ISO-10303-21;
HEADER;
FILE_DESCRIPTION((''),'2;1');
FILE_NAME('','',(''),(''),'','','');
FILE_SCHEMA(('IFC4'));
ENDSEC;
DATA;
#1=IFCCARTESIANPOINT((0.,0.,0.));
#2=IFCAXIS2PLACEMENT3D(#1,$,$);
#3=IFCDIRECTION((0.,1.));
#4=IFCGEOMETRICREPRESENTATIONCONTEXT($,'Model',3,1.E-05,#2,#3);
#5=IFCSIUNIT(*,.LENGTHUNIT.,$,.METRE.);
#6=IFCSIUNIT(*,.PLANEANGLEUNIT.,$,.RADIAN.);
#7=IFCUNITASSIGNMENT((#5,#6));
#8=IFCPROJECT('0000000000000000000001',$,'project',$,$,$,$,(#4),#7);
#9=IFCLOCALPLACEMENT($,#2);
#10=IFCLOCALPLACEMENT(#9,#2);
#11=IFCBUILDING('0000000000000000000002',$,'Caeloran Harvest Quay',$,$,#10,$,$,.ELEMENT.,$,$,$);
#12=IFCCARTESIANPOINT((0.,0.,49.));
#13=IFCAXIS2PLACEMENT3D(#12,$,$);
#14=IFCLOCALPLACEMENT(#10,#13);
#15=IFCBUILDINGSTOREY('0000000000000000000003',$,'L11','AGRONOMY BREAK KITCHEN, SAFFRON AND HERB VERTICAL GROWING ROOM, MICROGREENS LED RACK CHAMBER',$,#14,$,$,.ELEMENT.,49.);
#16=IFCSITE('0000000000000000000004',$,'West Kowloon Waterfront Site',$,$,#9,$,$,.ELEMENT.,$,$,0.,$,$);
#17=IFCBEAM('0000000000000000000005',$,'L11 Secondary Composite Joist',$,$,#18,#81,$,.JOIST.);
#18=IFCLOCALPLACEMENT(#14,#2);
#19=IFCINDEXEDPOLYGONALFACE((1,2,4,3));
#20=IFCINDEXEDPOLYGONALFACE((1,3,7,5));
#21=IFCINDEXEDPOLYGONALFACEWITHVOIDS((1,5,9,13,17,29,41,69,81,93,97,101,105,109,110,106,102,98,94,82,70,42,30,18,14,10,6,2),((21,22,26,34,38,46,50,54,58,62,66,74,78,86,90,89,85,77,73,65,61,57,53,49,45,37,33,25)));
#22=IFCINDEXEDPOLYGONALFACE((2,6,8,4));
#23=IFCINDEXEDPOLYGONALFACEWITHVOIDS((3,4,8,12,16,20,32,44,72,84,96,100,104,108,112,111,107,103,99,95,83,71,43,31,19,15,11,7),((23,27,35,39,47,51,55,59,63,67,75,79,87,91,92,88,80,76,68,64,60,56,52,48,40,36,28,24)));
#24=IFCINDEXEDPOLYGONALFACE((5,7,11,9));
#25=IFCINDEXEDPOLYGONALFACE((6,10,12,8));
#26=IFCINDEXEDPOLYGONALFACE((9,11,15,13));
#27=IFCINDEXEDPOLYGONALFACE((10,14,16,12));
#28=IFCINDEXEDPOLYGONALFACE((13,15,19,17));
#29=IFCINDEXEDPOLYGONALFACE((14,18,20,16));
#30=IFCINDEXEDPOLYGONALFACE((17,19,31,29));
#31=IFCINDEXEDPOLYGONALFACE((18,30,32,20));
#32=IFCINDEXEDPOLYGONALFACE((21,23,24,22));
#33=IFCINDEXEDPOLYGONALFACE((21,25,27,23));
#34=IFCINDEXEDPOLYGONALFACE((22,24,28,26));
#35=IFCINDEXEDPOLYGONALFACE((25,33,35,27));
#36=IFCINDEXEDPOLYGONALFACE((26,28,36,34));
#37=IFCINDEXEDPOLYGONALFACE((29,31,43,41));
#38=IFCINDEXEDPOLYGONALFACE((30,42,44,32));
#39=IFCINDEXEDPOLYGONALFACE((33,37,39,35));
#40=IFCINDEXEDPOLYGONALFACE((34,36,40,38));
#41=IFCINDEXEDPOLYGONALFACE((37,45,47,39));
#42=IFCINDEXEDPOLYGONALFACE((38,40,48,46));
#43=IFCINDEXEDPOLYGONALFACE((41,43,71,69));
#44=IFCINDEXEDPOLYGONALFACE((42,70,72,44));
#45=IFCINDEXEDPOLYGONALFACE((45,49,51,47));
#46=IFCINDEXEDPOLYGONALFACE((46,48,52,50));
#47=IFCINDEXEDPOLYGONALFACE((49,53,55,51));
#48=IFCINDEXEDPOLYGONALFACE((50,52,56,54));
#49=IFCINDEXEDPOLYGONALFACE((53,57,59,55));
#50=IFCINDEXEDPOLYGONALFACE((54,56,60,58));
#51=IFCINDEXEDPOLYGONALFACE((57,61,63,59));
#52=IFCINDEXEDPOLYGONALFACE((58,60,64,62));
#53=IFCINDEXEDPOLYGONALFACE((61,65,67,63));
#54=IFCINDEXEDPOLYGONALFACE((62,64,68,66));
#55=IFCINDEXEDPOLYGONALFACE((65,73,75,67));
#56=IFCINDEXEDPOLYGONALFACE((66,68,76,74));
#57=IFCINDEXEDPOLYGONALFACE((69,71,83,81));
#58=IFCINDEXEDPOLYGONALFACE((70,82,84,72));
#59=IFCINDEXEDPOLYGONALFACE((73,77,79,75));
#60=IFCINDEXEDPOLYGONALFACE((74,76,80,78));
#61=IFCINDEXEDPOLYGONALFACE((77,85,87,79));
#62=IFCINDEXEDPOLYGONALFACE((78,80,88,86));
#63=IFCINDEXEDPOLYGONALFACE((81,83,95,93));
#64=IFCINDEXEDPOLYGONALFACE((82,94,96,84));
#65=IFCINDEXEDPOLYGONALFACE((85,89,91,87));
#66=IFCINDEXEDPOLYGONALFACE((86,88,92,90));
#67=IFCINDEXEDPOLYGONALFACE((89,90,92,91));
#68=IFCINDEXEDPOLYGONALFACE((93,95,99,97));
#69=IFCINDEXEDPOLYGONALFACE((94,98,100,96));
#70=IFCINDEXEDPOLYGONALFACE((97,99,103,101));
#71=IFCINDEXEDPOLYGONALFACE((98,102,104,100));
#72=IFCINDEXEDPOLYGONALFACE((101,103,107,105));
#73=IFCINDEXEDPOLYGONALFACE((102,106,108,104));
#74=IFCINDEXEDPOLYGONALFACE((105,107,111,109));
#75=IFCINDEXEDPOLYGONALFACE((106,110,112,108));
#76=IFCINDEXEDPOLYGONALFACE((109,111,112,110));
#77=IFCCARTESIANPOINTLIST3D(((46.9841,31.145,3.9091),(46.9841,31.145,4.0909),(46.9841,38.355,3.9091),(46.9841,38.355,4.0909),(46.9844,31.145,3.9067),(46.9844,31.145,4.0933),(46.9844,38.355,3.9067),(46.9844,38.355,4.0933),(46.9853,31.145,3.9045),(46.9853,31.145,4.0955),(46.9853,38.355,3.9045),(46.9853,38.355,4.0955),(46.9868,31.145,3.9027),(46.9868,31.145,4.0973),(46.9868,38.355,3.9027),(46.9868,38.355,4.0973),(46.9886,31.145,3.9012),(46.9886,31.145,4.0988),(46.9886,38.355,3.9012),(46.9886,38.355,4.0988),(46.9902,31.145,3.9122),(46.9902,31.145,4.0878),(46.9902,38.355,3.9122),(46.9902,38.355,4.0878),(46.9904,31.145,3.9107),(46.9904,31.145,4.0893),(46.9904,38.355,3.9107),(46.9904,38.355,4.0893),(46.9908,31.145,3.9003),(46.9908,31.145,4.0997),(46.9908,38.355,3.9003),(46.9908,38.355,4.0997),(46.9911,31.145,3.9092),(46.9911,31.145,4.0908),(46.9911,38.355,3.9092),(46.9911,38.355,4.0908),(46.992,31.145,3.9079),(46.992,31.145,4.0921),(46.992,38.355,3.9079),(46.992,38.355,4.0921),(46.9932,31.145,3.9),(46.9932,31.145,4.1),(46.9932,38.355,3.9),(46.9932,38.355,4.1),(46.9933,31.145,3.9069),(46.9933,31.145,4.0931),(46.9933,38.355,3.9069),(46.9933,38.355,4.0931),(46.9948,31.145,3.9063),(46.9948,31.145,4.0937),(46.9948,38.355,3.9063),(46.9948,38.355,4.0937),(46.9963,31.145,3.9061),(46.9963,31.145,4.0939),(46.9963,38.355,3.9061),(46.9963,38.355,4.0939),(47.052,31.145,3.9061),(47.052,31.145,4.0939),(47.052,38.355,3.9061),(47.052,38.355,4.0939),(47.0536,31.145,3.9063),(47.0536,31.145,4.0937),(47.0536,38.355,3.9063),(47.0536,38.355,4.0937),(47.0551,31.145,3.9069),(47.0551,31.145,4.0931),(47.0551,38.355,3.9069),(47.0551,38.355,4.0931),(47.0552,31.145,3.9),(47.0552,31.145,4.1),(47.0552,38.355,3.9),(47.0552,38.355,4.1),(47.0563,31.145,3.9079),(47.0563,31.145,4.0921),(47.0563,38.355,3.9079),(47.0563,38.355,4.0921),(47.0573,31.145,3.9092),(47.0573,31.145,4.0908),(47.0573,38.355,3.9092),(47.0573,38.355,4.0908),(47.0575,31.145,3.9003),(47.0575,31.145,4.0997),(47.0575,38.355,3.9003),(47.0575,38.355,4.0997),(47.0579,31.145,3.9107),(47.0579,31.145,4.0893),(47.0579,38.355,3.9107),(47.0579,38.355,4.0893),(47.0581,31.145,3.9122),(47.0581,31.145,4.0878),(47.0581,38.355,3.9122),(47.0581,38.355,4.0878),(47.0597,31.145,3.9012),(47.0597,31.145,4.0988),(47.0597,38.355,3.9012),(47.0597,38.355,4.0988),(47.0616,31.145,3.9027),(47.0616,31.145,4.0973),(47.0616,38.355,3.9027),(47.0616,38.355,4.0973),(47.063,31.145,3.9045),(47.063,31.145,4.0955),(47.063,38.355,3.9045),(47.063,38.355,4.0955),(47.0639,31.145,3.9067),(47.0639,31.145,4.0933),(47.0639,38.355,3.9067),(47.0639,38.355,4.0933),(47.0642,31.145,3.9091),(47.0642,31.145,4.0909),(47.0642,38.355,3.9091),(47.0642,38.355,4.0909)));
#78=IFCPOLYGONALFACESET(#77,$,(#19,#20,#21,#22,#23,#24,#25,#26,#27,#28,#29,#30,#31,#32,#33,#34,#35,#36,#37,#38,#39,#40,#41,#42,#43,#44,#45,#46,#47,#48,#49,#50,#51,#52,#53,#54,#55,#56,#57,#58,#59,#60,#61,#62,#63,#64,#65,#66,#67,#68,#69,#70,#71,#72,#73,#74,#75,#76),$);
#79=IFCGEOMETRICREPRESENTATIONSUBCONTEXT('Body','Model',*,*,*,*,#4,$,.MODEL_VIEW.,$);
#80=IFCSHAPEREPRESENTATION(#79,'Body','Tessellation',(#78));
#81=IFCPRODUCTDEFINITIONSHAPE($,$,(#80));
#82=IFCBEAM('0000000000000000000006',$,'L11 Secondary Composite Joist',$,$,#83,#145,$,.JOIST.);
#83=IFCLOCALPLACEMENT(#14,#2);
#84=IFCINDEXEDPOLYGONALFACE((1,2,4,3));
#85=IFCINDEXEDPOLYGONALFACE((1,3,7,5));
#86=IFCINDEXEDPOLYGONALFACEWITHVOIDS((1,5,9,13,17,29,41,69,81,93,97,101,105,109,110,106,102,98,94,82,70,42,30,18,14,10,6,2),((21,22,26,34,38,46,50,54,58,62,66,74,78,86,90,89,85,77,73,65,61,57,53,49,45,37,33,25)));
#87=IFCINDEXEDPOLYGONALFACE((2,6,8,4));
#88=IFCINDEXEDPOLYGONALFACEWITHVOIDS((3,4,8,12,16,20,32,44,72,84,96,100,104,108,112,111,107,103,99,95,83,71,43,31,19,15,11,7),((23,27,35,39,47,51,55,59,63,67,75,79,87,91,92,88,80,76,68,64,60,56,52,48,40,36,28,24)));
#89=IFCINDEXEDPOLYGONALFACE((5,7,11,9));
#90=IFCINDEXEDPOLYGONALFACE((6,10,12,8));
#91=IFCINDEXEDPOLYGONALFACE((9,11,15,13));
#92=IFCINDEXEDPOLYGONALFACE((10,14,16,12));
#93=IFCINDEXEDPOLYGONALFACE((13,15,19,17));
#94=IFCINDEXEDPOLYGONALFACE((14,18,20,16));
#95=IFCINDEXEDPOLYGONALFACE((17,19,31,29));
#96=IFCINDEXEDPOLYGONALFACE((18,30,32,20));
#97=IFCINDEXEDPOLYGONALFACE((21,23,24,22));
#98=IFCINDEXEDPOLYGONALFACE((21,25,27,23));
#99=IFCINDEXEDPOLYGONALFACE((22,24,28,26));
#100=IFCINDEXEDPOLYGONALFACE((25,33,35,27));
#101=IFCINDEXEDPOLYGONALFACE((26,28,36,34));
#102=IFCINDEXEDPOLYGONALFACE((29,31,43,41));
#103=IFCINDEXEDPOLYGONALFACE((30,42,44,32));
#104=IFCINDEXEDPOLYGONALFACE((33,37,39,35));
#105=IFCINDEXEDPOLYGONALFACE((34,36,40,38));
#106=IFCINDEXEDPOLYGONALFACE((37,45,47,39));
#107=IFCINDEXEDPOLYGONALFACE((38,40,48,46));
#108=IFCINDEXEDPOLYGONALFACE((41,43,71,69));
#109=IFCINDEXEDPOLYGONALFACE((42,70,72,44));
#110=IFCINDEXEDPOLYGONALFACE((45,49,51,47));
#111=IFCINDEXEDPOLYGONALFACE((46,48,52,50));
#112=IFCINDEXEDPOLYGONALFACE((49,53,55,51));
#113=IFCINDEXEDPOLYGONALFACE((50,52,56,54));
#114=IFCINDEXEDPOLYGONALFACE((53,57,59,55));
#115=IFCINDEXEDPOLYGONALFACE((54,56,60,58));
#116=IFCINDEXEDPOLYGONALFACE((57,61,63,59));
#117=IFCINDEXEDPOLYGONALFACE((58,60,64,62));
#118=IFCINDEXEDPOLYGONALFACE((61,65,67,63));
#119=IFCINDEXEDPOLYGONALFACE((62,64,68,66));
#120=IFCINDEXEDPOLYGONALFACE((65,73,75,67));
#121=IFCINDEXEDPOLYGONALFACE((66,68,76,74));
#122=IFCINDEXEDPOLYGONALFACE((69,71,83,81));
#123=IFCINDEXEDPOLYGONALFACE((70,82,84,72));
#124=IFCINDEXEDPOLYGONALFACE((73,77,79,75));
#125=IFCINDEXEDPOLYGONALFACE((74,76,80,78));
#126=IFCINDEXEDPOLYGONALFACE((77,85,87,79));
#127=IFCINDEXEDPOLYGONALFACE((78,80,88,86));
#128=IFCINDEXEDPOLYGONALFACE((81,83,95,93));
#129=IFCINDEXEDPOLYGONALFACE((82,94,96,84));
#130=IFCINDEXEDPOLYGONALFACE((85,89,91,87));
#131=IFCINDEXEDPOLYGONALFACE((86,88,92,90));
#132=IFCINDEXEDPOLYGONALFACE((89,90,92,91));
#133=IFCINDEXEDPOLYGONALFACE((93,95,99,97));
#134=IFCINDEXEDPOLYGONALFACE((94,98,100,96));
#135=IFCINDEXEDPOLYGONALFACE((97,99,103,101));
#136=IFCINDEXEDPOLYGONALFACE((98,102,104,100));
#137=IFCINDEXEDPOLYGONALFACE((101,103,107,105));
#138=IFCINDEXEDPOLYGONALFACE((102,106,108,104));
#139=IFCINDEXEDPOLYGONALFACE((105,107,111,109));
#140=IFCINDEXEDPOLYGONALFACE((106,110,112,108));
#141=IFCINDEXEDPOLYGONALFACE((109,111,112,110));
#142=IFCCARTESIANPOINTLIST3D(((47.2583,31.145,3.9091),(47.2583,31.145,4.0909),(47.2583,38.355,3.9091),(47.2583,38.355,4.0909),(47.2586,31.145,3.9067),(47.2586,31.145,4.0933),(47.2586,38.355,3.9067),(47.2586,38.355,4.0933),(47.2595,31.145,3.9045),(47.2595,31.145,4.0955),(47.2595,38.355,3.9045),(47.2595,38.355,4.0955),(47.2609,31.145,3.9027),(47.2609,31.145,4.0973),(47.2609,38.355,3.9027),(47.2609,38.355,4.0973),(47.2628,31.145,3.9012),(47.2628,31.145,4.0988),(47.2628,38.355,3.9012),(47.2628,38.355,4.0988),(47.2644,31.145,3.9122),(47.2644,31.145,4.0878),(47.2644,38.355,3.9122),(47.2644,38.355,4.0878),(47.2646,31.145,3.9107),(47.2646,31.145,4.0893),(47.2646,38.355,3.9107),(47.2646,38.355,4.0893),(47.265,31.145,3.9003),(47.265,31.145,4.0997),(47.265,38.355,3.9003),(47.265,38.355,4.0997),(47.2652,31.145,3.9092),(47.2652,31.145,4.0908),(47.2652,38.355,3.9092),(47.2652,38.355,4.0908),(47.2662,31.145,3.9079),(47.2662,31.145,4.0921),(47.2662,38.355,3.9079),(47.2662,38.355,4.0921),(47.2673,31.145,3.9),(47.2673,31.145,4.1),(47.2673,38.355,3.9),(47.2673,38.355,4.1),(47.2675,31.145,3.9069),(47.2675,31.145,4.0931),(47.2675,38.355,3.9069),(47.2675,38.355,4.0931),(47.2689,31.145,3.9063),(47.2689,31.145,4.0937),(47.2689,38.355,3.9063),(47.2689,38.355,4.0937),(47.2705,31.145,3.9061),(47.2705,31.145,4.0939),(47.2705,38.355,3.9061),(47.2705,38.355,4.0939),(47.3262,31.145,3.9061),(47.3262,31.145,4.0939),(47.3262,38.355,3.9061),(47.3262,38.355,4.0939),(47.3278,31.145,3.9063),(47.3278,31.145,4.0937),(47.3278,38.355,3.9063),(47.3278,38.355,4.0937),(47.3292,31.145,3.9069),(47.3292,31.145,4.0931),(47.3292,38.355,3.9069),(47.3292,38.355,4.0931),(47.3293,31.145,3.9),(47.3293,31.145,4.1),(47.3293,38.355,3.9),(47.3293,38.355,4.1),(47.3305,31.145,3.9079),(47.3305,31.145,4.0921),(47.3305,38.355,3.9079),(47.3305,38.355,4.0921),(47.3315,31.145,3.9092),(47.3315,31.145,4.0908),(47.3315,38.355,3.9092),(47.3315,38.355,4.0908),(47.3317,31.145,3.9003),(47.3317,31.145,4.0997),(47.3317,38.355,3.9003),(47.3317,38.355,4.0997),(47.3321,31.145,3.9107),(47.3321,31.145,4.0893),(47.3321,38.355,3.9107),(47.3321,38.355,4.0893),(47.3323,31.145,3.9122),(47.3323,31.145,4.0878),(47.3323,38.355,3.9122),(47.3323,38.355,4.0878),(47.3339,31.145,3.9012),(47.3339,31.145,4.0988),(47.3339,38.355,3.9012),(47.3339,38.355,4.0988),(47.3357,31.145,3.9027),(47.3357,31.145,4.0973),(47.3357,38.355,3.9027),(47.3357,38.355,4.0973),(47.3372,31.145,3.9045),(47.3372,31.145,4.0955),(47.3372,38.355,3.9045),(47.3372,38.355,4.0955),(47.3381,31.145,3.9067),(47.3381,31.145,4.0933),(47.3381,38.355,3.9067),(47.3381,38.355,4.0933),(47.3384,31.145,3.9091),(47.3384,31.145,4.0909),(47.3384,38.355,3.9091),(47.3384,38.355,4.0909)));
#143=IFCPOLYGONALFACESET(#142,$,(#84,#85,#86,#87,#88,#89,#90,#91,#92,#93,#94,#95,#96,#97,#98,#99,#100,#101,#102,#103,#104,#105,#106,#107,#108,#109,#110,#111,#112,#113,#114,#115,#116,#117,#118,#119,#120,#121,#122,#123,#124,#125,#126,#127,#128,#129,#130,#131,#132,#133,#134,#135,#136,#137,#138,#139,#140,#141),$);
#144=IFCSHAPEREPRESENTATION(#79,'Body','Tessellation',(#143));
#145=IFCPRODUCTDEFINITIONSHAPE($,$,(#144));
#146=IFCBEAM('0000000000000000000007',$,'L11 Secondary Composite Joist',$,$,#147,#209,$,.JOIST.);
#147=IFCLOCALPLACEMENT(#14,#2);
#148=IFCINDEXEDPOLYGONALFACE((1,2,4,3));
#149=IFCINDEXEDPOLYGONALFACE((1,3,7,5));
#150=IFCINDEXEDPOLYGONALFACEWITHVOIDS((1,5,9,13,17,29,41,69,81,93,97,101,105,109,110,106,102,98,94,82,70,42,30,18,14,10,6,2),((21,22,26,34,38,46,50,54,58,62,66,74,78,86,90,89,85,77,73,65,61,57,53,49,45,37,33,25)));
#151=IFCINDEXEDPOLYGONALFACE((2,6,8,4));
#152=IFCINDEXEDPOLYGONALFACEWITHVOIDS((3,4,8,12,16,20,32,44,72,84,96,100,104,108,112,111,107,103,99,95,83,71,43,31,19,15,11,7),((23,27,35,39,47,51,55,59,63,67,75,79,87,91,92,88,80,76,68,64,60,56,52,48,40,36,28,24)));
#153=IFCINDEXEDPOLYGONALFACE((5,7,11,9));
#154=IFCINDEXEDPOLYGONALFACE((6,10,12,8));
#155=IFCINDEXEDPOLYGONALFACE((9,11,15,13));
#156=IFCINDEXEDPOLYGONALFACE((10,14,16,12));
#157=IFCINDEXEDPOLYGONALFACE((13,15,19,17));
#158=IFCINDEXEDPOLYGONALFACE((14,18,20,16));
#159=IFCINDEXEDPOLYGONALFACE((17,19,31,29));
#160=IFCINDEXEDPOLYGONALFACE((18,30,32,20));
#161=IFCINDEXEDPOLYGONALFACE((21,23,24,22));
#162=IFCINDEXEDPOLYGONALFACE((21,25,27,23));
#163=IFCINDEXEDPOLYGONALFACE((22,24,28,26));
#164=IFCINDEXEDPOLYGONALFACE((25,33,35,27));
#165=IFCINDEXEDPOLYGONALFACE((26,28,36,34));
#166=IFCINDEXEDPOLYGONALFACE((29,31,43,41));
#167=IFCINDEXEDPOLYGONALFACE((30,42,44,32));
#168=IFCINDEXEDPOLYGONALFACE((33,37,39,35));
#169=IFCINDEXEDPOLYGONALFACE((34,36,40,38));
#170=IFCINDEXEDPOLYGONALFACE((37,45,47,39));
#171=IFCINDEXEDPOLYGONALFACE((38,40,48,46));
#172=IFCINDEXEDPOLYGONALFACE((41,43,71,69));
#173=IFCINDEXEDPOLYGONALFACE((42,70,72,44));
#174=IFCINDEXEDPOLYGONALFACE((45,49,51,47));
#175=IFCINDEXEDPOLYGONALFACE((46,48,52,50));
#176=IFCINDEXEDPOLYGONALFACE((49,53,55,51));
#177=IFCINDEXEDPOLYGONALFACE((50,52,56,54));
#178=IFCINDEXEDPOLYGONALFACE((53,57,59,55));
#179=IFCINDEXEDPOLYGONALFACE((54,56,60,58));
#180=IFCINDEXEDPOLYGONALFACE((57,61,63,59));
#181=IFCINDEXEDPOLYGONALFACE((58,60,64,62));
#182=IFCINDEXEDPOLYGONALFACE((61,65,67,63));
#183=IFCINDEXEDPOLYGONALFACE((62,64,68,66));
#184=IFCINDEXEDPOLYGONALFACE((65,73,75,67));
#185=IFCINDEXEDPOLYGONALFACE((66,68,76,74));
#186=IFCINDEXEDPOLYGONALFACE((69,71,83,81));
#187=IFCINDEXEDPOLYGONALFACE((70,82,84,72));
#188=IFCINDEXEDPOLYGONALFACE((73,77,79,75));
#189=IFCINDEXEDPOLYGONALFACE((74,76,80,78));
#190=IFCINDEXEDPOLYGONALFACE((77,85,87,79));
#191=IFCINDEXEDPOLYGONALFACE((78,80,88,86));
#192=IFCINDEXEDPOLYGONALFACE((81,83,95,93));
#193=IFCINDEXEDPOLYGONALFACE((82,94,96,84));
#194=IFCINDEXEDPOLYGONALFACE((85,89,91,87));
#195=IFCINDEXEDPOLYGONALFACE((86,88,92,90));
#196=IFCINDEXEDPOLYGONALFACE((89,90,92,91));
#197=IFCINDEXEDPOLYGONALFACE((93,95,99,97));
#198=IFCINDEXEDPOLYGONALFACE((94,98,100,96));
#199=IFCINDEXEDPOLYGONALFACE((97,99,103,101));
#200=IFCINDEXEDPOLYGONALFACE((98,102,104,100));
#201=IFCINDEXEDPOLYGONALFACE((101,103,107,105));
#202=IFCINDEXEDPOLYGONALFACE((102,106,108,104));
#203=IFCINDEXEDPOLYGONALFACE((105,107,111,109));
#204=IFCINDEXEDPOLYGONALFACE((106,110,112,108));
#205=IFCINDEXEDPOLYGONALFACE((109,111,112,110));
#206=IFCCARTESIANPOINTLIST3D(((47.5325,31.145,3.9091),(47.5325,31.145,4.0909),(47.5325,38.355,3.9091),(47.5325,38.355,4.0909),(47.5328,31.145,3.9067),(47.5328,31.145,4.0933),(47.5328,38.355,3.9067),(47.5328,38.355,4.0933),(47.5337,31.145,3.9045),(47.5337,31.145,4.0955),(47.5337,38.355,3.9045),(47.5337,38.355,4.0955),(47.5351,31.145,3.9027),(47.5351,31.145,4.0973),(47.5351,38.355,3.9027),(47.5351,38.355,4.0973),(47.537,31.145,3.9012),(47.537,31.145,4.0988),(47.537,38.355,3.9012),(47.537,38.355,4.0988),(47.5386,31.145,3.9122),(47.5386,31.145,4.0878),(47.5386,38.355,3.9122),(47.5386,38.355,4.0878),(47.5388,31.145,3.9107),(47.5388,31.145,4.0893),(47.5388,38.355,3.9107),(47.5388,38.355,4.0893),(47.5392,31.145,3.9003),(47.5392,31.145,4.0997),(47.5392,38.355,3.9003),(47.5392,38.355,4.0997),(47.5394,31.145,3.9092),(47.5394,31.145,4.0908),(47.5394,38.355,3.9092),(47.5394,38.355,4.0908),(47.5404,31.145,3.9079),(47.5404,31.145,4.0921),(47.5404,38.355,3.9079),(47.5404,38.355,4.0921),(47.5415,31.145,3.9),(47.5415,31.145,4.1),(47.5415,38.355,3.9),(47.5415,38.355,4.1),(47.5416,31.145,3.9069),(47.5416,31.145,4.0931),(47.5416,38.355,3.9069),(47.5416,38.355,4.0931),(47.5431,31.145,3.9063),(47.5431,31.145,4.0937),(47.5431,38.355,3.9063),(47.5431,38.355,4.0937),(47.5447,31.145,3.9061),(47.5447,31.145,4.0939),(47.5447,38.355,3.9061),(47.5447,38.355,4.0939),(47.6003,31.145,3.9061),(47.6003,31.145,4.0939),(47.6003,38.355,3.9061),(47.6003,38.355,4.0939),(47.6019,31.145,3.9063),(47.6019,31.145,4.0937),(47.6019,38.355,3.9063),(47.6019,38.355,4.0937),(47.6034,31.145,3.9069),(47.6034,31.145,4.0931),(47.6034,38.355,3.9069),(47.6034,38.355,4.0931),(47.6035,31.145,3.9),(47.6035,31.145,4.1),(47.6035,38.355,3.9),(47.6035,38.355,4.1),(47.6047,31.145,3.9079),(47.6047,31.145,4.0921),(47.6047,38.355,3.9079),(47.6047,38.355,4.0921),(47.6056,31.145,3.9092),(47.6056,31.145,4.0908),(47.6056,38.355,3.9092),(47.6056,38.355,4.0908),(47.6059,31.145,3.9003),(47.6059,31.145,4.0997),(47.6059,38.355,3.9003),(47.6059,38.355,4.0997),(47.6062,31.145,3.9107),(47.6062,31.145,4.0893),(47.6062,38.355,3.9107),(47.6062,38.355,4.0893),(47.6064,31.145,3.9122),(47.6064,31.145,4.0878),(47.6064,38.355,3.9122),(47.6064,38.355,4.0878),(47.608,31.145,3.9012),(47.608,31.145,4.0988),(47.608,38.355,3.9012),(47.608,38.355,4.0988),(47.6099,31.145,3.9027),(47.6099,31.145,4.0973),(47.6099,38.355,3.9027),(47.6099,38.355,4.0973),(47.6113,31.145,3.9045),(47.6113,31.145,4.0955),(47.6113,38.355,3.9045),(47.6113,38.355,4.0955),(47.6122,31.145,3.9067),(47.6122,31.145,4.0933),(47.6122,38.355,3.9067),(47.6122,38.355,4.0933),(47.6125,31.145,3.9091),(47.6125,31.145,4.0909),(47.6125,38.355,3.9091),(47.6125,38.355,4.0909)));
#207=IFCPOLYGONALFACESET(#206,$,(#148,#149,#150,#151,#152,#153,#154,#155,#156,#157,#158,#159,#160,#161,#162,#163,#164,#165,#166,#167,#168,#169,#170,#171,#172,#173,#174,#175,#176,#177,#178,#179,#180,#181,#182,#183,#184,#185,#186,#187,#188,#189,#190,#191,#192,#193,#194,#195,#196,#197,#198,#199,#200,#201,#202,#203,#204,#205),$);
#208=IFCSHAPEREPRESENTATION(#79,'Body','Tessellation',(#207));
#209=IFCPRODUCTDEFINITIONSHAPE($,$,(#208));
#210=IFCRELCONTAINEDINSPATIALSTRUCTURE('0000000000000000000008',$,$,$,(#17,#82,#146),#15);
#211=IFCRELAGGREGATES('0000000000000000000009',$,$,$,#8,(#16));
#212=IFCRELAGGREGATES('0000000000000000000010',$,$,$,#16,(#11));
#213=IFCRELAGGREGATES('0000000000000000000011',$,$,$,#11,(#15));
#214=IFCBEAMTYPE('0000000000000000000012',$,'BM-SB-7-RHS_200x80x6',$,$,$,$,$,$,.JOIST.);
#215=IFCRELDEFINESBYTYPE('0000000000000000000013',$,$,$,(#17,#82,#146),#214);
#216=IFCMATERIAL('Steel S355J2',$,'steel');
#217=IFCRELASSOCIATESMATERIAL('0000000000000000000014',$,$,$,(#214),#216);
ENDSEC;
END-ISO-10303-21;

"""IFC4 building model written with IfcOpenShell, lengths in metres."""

from ifc_helpers import new_model, si_unit, direction, frame, origin, origin_2d, place, context, subcontext, project, spatial, hollow_rectangle, extrude, material, material_profile, profile_set, type_object, element, save


model = new_model("IFC4")

# Units and contexts
model_context = context("Model", 3, precision=1e-05, world=origin(), true_north=direction((0.0, 1.0)))
body_context = subcontext(model_context, "Body", "Model", "MODEL_VIEW")
ifc_project = project(units=[si_unit("LENGTHUNIT", "METRE"), si_unit("PLANEANGLEUNIT", "RADIAN")], contexts=[model_context])

# Site, building, storey
site_placement = place(None, origin())
site = spatial("IfcSite", under=ifc_project, at=site_placement, Name="West Kowloon Waterfront Site", CompositionType="ELEMENT", RefElevation=0.0)
building_placement = place(site_placement, origin())
building = spatial("IfcBuilding", under=site, at=building_placement, Name="Caeloran Harvest Quay", CompositionType="ELEMENT")
storey_placement = place(building_placement, frame((0.0, 0.0, 49.0)))
storey = spatial("IfcBuildingStorey", under=building, at=storey_placement, Name="L11", Description="AGRONOMY BREAK KITCHEN, SAFFRON AND HERB VERTICAL GROWING ROOM, MICROGREENS LED RACK CHAMBER", CompositionType="ELEMENT", Elevation=49.0)

# Beams
ifc_material_1 = material(Name="Steel S355J2", Category="steel")
ifc_material_profile_1 = material_profile(ifc_material_1, hollow_rectangle(XDim=0.0801, YDim=0.2, WallThickness=0.0061, InnerFilletRadius=0.0061, OuterFilletRadius=0.009, at=origin_2d()), Name="RHS 200x80x6")
ifc_profile_set_1 = profile_set([ifc_material_profile_1], Name="Steel S355J2")
beam_type_1 = type_object("IfcBeamType", Name="BM-SB-7-RHS_200x80x6", PredefinedType="JOIST", material=ifc_profile_set_1)
for number, where, z_axis, x_axis, name in (
    (1, (47.0242, 31.145, 4.0), (0.0, 1.0, 0.0), (-1.0, 0.0, 0.0), "L11 Secondary Composite Joist"),
    (2, (47.2983, 31.145, 4.0), (0.0, 1.0, 0.0), (-1.0, 0.0, 0.0), "L11 Secondary Composite Joist"),
    (3, (47.5725, 31.145, 4.0), (0.0, 1.0, 0.0), (-1.0, 0.0, 0.0), "L11 Secondary Composite Joist"),
):
    element("IfcBeam", number, at=place(storey_placement, frame(where, z_axis=z_axis, x_axis=x_axis)), inside=storey, type_object=beam_type_1, Name=name, PredefinedType="JOIST", context=body_context, shape_type="SweptSolid", body=[
        extrude(hollow_rectangle(XDim=0.0801, YDim=0.2, WallThickness=0.0061, InnerFilletRadius=0.0061, OuterFilletRadius=0.009, at=origin_2d()), origin(), (0.0, 0.0, 1.0), 7.21),
    ])

save(model, "model.ifc")
